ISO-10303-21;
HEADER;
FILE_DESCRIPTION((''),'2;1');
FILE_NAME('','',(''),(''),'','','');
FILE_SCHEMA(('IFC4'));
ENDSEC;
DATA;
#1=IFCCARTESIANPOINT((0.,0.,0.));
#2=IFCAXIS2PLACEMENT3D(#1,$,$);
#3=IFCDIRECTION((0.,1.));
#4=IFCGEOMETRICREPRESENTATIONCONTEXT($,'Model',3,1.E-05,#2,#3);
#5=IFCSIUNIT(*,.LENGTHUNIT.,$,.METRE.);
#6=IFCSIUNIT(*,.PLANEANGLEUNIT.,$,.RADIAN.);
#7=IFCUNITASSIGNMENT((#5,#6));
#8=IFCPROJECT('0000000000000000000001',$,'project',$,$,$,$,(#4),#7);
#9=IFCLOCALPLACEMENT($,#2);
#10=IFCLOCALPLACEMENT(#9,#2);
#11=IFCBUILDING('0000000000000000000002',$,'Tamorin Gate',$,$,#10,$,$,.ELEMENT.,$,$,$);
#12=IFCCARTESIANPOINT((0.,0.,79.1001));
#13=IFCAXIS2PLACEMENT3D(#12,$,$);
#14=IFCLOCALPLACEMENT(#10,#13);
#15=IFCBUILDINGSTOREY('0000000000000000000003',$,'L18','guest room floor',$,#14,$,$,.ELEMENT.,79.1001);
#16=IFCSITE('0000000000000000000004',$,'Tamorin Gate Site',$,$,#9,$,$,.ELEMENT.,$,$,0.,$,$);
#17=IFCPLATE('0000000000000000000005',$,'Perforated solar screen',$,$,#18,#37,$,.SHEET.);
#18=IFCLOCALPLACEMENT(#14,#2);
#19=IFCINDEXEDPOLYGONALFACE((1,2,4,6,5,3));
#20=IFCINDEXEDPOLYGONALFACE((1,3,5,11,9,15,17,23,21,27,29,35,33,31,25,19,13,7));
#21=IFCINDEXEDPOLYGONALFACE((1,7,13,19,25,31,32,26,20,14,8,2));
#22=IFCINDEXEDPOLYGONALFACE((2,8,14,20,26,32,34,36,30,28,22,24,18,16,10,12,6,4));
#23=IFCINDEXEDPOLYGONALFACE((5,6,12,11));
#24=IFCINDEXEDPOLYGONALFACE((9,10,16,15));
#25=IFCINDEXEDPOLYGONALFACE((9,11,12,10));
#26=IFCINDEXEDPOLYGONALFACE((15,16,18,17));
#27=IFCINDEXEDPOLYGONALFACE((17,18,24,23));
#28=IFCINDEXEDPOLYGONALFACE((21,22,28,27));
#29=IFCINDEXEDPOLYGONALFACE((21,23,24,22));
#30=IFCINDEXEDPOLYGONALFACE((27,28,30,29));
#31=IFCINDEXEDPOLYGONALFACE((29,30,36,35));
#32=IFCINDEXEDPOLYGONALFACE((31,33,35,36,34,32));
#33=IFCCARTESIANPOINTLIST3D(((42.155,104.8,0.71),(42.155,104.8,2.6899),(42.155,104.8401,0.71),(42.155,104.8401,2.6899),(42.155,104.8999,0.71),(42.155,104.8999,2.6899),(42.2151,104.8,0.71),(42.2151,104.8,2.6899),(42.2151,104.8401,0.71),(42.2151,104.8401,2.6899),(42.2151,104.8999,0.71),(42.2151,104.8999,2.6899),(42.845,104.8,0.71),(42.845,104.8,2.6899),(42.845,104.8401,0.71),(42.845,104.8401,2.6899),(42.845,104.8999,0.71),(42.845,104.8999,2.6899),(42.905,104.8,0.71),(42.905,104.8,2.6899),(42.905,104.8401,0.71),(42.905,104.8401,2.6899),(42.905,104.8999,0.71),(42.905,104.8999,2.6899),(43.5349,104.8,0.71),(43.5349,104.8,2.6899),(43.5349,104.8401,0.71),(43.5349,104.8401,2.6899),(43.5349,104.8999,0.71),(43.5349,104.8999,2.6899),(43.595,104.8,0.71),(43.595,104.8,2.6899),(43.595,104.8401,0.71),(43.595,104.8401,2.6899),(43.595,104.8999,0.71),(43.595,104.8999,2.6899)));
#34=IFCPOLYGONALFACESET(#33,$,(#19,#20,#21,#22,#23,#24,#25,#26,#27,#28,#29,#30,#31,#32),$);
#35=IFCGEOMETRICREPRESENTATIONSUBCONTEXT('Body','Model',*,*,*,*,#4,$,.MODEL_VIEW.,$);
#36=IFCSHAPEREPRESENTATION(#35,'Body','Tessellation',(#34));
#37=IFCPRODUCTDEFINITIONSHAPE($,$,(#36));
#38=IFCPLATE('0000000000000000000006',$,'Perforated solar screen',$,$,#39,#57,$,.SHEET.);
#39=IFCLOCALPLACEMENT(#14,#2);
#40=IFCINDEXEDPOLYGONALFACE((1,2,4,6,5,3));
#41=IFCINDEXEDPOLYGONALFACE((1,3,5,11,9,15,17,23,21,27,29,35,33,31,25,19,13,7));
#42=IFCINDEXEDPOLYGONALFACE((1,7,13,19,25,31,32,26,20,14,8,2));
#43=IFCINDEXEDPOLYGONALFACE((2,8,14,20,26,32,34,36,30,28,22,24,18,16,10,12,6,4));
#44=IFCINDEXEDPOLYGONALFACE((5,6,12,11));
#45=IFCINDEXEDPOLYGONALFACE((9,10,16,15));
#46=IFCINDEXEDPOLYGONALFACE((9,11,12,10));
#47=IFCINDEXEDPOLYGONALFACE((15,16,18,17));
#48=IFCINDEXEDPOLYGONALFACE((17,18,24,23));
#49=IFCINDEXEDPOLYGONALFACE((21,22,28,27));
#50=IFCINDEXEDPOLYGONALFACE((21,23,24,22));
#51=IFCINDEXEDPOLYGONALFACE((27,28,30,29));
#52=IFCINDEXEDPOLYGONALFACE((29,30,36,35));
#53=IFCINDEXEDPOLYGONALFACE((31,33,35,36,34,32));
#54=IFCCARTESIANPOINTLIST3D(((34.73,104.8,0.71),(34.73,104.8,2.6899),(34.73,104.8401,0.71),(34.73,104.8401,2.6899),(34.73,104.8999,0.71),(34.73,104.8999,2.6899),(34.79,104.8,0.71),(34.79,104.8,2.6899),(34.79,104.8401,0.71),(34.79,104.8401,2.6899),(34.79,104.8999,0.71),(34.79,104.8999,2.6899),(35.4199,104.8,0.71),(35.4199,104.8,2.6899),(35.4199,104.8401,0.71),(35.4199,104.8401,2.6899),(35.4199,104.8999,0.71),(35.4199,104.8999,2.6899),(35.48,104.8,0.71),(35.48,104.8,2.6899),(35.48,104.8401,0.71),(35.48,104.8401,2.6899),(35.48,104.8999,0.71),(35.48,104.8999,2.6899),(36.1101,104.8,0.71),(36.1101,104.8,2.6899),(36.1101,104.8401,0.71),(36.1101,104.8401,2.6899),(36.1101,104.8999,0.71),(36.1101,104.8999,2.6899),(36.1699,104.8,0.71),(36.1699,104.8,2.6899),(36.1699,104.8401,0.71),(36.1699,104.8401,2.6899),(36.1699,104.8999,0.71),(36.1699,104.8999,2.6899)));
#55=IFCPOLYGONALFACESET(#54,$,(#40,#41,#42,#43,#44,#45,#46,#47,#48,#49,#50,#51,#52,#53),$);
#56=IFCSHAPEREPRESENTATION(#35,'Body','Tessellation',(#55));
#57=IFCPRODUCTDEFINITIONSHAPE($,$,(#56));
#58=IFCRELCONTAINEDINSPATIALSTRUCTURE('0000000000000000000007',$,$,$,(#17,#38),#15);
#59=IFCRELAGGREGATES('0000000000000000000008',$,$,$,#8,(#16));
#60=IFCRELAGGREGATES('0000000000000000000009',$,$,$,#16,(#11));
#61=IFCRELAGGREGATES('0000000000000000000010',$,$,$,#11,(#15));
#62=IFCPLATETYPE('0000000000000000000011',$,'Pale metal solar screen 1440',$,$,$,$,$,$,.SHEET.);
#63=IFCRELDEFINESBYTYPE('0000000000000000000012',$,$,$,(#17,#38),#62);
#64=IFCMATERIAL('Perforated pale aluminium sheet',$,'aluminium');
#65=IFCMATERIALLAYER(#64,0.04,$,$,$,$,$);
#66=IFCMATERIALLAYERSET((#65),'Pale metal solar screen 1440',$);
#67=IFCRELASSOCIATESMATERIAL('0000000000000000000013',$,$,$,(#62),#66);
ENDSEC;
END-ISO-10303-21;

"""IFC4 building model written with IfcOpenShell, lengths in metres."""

from ifc_helpers import new_model, si_unit, direction, frame, origin, place, context, subcontext, project, spatial, polyline, outline, extrude, material, layer, layer_set, type_object, element, save


model = new_model("IFC4")

# Units and contexts
model_context = context("Model", 3, precision=1e-05, world=origin(), true_north=direction((0.0, 1.0)))
body_context = subcontext(model_context, "Body", "Model", "MODEL_VIEW")
ifc_project = project(units=[si_unit("LENGTHUNIT", "METRE"), si_unit("PLANEANGLEUNIT", "RADIAN")], contexts=[model_context])

# Site, building, storey
site_placement = place(None, origin())
site = spatial("IfcSite", under=ifc_project, at=site_placement, Name="Tamorin Gate Site", CompositionType="ELEMENT", RefElevation=0.0)
building_placement = place(site_placement, origin())
building = spatial("IfcBuilding", under=site, at=building_placement, Name="Tamorin Gate", CompositionType="ELEMENT")
storey_placement = place(building_placement, frame((0.0, 0.0, 79.1001)))
storey = spatial("IfcBuildingStorey", under=building, at=storey_placement, Name="L18", Description="guest room floor", CompositionType="ELEMENT", Elevation=79.1001)

# Plates
ifc_material = material(Name="Perforated pale aluminium sheet", Category="aluminium")
ifc_layer = layer(ifc_material, 0.04)
ifc_layer_set = layer_set([ifc_layer], Name="Pale metal solar screen 1440")
plate_type = type_object("IfcPlateType", Name="Pale metal solar screen 1440", PredefinedType="SHEET", material=ifc_layer_set)
plate_1_placement = place(storey_placement, frame((0.0, 0.0, 0.71)))
element("IfcPlate", 1, at=plate_1_placement, inside=storey, type_object=plate_type, Name="Perforated solar screen", PredefinedType="SHEET", context=body_context, shape_type="SweptSolid", body=[
    extrude(outline(polyline([(43.595, 104.8401), (43.595, 104.8), (43.5349, 104.8), (42.905, 104.8), (42.845, 104.8), (42.2151, 104.8), (42.155, 104.8), (42.155, 104.8401), (42.155, 104.8999), (42.2151, 104.8999), (42.2151, 104.8401), (42.845, 104.8401), (42.845, 104.8999), (42.905, 104.8999), (42.905, 104.8401), (43.5349, 104.8401), (43.5349, 104.8999), (43.595, 104.8999), (43.595, 104.8401)])), origin(), (0.0, 0.0, 1.0), 1.98),
])
plate_2_placement = place(storey_placement, frame((0.0, 0.0, 0.71)))
element("IfcPlate", 2, at=plate_2_placement, inside=storey, type_object=plate_type, Name="Perforated solar screen", PredefinedType="SHEET", context=body_context, shape_type="SweptSolid", body=[
    extrude(outline(polyline([(36.1699, 104.8401), (36.1699, 104.8), (36.1101, 104.8), (35.48, 104.8), (35.4199, 104.8), (34.79, 104.8), (34.73, 104.8), (34.73, 104.8401), (34.73, 104.8999), (34.79, 104.8999), (34.79, 104.8401), (35.4199, 104.8401), (35.4199, 104.8999), (35.48, 104.8999), (35.48, 104.8401), (36.1101, 104.8401), (36.1101, 104.8999), (36.1699, 104.8999), (36.1699, 104.8401)])), origin(), (0.0, 0.0, 1.0), 1.98),
])

save(model, "model.ifc")
